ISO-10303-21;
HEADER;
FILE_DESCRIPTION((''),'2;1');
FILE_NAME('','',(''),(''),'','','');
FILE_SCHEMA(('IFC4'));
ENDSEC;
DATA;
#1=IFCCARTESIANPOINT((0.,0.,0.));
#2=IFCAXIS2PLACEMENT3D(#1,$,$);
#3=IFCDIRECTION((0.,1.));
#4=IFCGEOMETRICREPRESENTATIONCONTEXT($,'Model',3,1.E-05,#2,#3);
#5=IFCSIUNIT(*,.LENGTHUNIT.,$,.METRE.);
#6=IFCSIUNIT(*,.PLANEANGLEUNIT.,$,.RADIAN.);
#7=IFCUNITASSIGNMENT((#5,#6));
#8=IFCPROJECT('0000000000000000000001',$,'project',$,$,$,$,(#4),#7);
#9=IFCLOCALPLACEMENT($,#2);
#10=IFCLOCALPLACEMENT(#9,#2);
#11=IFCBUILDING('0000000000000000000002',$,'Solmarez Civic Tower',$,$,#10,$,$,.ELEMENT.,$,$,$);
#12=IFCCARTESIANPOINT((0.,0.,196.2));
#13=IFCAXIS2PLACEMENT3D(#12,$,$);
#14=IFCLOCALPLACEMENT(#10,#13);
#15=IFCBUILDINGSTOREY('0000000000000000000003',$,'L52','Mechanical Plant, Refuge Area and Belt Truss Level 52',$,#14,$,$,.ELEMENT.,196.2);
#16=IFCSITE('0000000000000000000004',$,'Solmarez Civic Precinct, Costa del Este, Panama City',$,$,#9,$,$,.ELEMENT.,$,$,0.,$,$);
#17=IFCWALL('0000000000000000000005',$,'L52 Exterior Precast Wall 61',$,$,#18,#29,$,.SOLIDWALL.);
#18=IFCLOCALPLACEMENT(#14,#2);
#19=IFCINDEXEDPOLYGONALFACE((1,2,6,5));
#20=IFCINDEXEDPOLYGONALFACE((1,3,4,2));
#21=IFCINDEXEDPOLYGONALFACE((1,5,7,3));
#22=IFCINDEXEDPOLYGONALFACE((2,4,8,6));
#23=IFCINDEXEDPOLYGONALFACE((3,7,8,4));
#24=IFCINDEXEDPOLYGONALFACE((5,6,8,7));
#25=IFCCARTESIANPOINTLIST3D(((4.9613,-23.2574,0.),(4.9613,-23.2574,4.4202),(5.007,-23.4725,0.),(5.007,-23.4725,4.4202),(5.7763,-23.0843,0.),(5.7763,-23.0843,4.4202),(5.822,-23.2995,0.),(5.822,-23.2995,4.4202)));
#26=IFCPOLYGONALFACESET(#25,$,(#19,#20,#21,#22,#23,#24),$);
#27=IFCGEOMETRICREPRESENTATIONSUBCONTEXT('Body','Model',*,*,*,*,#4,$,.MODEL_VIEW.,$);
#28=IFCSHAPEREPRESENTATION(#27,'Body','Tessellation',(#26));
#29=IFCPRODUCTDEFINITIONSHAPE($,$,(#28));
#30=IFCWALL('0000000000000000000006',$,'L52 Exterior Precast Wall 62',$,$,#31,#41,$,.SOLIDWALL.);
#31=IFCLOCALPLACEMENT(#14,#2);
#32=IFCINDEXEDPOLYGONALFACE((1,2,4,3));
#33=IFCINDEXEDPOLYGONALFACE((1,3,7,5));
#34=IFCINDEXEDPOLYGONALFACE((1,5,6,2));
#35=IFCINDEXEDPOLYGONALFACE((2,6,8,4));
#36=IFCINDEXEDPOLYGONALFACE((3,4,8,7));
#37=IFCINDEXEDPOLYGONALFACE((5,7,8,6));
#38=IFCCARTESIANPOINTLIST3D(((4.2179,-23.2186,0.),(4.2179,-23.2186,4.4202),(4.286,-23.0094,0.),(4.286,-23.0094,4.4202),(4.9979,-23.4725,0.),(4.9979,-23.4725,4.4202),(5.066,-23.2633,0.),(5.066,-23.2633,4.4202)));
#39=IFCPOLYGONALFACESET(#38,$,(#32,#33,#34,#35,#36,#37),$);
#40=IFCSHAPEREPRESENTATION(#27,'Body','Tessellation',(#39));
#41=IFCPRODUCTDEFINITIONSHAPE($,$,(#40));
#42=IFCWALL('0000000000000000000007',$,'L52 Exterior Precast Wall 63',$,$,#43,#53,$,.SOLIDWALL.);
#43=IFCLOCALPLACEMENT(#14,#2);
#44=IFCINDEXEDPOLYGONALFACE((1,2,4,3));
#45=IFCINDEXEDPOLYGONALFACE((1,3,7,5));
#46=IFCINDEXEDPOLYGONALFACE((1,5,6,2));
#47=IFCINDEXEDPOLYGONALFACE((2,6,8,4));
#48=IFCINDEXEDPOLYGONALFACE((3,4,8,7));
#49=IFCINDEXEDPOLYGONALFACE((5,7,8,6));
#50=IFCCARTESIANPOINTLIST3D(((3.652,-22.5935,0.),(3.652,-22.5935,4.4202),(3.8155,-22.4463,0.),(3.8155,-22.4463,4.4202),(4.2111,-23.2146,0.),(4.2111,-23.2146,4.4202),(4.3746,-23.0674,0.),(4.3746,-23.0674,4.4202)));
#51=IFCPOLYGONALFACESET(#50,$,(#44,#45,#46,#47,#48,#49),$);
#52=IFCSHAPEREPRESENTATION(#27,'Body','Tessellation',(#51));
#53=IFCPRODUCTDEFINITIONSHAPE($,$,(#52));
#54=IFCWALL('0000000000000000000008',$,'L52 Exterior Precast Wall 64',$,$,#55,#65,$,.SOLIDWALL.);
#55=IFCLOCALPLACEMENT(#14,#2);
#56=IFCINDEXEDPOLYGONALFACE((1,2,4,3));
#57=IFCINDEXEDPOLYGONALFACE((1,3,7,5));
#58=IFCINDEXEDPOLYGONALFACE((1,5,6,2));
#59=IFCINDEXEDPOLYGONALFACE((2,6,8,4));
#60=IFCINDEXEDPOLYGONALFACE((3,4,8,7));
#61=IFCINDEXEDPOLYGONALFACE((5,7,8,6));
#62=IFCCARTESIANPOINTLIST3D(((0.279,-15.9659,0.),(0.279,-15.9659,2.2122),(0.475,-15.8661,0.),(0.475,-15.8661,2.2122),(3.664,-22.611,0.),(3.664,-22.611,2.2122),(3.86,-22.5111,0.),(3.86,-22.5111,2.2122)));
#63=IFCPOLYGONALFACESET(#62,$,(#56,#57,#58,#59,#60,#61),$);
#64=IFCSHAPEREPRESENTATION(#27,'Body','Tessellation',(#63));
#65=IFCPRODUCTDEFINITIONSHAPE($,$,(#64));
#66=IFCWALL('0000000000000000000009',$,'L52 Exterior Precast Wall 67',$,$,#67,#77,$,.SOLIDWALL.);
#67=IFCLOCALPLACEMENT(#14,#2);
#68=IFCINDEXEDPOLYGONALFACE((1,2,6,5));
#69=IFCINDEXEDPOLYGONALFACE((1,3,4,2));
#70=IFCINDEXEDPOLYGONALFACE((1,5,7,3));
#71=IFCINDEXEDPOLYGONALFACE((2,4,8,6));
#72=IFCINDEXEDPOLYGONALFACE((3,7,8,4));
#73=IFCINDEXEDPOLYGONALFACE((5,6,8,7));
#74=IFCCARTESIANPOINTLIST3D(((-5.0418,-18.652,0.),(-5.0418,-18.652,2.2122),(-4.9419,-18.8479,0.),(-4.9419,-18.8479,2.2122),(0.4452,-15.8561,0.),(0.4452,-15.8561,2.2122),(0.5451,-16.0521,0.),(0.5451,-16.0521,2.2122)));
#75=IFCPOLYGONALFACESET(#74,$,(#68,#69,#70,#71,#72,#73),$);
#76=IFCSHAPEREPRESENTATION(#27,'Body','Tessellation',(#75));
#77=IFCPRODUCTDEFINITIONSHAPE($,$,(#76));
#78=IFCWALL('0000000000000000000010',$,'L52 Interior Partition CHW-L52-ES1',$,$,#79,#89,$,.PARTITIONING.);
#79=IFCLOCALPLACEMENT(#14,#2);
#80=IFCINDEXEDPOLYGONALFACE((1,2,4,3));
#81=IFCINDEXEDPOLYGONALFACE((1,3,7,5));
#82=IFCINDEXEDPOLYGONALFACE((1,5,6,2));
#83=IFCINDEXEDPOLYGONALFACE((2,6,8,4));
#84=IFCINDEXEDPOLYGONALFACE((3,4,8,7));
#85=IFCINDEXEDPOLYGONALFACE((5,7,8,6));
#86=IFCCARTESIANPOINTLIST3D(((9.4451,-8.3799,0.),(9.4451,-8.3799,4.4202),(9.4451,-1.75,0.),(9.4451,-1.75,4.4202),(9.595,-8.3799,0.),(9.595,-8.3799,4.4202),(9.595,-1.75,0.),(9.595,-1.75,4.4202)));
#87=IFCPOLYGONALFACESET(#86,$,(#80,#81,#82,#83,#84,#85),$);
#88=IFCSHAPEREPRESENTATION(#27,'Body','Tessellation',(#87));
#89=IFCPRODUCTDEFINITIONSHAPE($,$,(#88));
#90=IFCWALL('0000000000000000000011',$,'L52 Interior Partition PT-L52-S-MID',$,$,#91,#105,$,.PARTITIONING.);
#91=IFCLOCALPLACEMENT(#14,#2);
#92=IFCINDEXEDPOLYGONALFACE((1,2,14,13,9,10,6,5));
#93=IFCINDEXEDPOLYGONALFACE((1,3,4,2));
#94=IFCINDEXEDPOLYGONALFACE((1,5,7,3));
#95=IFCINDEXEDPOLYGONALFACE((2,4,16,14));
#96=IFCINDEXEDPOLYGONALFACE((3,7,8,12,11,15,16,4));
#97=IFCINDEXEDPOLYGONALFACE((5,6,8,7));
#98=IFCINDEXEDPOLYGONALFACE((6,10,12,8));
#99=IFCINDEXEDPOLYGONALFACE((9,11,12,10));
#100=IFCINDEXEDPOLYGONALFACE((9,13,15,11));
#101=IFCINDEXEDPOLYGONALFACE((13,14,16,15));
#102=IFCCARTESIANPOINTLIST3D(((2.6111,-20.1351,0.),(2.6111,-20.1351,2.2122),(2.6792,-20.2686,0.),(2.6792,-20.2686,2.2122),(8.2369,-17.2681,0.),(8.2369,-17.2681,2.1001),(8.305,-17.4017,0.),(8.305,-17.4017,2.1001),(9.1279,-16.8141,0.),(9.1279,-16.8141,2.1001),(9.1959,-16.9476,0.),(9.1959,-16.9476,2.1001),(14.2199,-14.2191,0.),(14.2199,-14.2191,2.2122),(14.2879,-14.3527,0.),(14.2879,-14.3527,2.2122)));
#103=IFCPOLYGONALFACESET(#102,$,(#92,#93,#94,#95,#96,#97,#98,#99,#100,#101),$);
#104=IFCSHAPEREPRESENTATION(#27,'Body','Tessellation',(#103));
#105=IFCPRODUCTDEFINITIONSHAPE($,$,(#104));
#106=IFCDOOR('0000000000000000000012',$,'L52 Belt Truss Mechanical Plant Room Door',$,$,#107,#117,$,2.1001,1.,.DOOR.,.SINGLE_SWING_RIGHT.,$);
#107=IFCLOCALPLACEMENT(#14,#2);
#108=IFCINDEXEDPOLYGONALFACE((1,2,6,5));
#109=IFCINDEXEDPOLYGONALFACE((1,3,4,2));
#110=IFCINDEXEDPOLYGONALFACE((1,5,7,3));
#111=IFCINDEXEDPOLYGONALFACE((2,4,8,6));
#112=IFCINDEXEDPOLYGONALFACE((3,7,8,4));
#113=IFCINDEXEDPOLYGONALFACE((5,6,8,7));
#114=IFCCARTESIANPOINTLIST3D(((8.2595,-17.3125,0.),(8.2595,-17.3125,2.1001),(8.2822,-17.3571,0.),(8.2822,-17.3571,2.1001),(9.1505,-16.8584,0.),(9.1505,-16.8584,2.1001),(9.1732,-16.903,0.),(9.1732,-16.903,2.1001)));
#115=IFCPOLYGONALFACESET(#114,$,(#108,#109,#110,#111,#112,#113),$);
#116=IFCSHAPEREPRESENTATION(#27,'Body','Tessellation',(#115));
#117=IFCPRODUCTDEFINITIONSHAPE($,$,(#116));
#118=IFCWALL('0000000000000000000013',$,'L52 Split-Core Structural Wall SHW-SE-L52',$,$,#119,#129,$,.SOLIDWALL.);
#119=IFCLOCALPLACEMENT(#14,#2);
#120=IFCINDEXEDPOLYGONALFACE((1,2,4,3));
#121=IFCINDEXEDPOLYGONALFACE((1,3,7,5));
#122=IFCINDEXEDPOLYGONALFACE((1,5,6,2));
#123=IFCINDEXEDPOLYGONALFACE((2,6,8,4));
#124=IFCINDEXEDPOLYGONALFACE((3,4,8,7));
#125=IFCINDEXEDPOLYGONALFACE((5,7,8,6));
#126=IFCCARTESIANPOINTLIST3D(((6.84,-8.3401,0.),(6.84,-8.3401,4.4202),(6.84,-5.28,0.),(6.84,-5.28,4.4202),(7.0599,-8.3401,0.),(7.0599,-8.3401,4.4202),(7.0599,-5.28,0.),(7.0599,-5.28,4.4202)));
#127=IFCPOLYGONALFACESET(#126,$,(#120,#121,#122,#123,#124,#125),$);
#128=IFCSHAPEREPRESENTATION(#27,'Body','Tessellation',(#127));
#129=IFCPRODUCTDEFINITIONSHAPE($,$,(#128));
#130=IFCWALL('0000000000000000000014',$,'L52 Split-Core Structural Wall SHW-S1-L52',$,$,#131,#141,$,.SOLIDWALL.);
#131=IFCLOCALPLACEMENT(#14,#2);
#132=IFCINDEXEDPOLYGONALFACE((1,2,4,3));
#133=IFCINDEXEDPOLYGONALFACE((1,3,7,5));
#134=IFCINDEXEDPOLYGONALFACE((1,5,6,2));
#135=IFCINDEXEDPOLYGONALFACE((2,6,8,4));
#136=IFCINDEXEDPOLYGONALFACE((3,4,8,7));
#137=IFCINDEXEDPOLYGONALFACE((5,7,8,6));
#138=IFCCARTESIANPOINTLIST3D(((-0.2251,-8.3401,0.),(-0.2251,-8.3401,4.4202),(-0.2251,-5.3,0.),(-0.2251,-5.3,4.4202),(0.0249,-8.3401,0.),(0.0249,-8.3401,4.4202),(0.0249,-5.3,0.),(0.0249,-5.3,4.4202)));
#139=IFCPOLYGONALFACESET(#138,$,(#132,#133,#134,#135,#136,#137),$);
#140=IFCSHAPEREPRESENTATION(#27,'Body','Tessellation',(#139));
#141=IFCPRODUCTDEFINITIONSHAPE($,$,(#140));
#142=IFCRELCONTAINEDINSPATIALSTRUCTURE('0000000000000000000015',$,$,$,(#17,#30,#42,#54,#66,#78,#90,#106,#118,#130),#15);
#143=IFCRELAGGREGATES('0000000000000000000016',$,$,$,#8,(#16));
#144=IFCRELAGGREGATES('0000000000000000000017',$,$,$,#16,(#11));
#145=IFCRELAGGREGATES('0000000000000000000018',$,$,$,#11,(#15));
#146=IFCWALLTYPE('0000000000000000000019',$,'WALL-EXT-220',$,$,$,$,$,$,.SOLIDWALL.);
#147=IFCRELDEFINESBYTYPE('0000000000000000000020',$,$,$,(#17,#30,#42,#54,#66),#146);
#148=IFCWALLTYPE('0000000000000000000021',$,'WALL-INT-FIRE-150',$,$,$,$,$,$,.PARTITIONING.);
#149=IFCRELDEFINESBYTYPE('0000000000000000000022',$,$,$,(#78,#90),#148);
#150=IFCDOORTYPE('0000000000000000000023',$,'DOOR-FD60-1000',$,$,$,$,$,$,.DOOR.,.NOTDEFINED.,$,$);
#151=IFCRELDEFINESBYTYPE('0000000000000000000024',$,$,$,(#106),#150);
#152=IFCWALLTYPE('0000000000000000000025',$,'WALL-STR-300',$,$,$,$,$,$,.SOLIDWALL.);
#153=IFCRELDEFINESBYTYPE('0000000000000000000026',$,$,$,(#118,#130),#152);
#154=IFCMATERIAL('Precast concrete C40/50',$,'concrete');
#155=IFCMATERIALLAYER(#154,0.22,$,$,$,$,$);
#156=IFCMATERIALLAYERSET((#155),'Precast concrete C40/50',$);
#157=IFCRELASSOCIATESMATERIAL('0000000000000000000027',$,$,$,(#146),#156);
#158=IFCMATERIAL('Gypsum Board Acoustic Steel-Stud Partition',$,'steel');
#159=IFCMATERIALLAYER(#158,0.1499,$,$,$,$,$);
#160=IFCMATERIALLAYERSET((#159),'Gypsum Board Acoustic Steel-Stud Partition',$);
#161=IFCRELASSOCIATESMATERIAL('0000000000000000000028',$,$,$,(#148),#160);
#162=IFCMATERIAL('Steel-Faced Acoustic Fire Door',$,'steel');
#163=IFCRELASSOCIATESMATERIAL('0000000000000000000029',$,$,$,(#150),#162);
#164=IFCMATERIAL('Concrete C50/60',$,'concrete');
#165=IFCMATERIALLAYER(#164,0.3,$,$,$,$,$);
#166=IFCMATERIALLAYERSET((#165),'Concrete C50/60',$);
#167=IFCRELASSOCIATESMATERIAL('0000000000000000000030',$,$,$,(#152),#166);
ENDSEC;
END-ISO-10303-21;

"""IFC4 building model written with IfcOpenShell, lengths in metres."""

from ifc_helpers import new_model, si_unit, direction, frame, frame_2d, origin, place, context, subcontext, project, spatial, rectangle, extrude, material, layer, layer_set, type_object, element, fill, save


model = new_model("IFC4")

# Units and contexts
model_context = context("Model", 3, precision=1e-05, world=origin(), true_north=direction((0.0, 1.0)))
body_context = subcontext(model_context, "Body", "Model", "MODEL_VIEW")
ifc_project = project(units=[si_unit("LENGTHUNIT", "METRE"), si_unit("PLANEANGLEUNIT", "RADIAN")], contexts=[model_context])

# Site, building, storey
site_placement = place(None, origin())
site = spatial("IfcSite", under=ifc_project, at=site_placement, Name="Solmarez Civic Precinct, Costa del Este, Panama City", CompositionType="ELEMENT", RefElevation=0.0)
building_placement = place(site_placement, origin())
building = spatial("IfcBuilding", under=site, at=building_placement, Name="Solmarez Civic Tower", CompositionType="ELEMENT")
storey_placement = place(building_placement, frame((0.0, 0.0, 196.2)))
storey = spatial("IfcBuildingStorey", under=building, at=storey_placement, Name="L52", Description="Mechanical Plant, Refuge Area and Belt Truss Level 52", CompositionType="ELEMENT", Elevation=196.2)

# Shared definitions
ifc_material_1 = material(Name="Concrete C50/60", Category="concrete")

# Walls
ifc_material_2 = material(Name="Precast concrete C40/50", Category="concrete")
ifc_layer_1 = layer(ifc_material_2, 0.22)
ifc_layer_set_1 = layer_set([ifc_layer_1], Name="Precast concrete C40/50")
wall_type_1 = type_object("IfcWallType", Name="WALL-EXT-220", PredefinedType="SOLIDWALL", material=ifc_layer_set_1)
wall_1_placement = place(storey_placement, frame((5.7991, -23.1919, 0.0), z_axis=(0.0, 0.0, 1.0), x_axis=(-0.978191, -0.207708, 0.0)))
element("IfcWall", 1, at=wall_1_placement, inside=storey, type_object=wall_type_1, Name="L52 Exterior Precast Wall 61", PredefinedType="SOLIDWALL", context=body_context, shape_type="SweptSolid", body=[
    extrude(rectangle(XDim=0.8333, YDim=0.22, at=frame_2d((0.4165, 0.0))), origin(), (0.0, 0.0, 1.0), 4.4202),
])
wall_2_placement = place(storey_placement, frame((5.032, -23.3679, 0.0), z_axis=(0.0, 0.0, 1.0), x_axis=(-0.950892, 0.309523, 0.0)))
element("IfcWall", 2, at=wall_2_placement, inside=storey, type_object=wall_type_1, Name="L52 Exterior Precast Wall 62", PredefinedType="SOLIDWALL", context=body_context, shape_type="SweptSolid", body=[
    extrude(rectangle(XDim=0.8203, YDim=0.22, at=frame_2d((0.4102, 0.0))), origin(), (0.0, 0.0, 1.0), 4.4202),
])
wall_3_placement = place(storey_placement, frame((4.293, -23.1411, 0.0), z_axis=(0.0, 0.0, 1.0), x_axis=(-0.669029, 0.743236, 0.0)))
element("IfcWall", 3, at=wall_3_placement, inside=storey, type_object=wall_type_1, Name="L52 Exterior Precast Wall 63", PredefinedType="SOLIDWALL", context=body_context, shape_type="SweptSolid", body=[
    extrude(rectangle(XDim=0.8357, YDim=0.22, at=frame_2d((0.418, 0.0))), origin(), (0.0, 0.0, 1.0), 4.4202),
])
wall_4_placement = place(storey_placement, frame((3.762, -22.561, 0.0), z_axis=(0.0, 0.0, 1.0), x_axis=(-0.453906, 0.89105, 0.0)))
element("IfcWall", 4, at=wall_4_placement, inside=storey, type_object=wall_type_1, Name="L52 Exterior Precast Wall 64", PredefinedType="SOLIDWALL", context=body_context, shape_type="SweptSolid", body=[
    extrude(rectangle(XDim=7.4575, YDim=0.22, at=frame_2d((3.7288, 0.0))), origin(), (0.0, 0.0, 1.0), 2.2122),
])
wall_5_placement = place(storey_placement, frame((0.4951, -15.9541, 0.0), z_axis=(0.0, 0.0, 1.0), x_axis=(-0.891, -0.454004, 0.0)))
element("IfcWall", 5, at=wall_5_placement, inside=storey, type_object=wall_type_1, Name="L52 Exterior Precast Wall 67", PredefinedType="SOLIDWALL", context=body_context, shape_type="SweptSolid", body=[
    extrude(rectangle(XDim=6.1582, YDim=0.22, at=frame_2d((3.0791, 0.0))), origin(), (0.0, 0.0, 1.0), 2.2122),
])
ifc_material_3 = material(Name="Gypsum Board Acoustic Steel-Stud Partition", Category="steel")
ifc_layer_2 = layer(ifc_material_3, 0.1499)
ifc_layer_set_2 = layer_set([ifc_layer_2], Name="Gypsum Board Acoustic Steel-Stud Partition")
wall_type_2 = type_object("IfcWallType", Name="WALL-INT-FIRE-150", PredefinedType="PARTITIONING", material=ifc_layer_set_2)
wall_6_placement = place(storey_placement, frame((9.52, -8.3799, 0.0), z_axis=(0.0, 0.0, 1.0), x_axis=(0.0, 1.0, 0.0)))
element("IfcWall", 6, at=wall_6_placement, inside=storey, type_object=wall_type_2, Name="L52 Interior Partition CHW-L52-ES1", PredefinedType="PARTITIONING", context=body_context, shape_type="SweptSolid", body=[
    extrude(rectangle(XDim=6.6299, YDim=0.1499, at=frame_2d((3.3149, 0.0))), origin(), (0.0, 0.0, 1.0), 4.4202),
])

# Wall, opening, door
wall_7_placement = place(storey_placement, frame((14.2539, -14.2859, 0.0), z_axis=(0.0, 0.0, 1.0), x_axis=(-0.890976, -0.454051, 0.0)))
wall_7 = element("IfcWall", 7, at=wall_7_placement, inside=storey, type_object=wall_type_2, Name="L52 Interior Partition PT-L52-S-MID", PredefinedType="PARTITIONING", context=body_context, shape_type="SweptSolid", body=[
    extrude(rectangle(XDim=13.0293, YDim=0.1499, at=frame_2d((6.5146, 0.0))), origin(), (0.0, 0.0, 1.0), 2.2122),
])
opening_placement = place(wall_7_placement, frame((5.7151, 0.0, 0.0)))
opening = element("IfcOpeningElement", 8, at=opening_placement, cuts=wall_7, PredefinedType="OPENING", context=body_context, shape_type="SweptSolid", body=[
    extrude(rectangle(XDim=1.0, YDim=2.1001, at=frame_2d((0.5, 1.05))), frame((0.0, 0.085, 0.0), z_axis=(0.0, -1.0, 0.0), x_axis=(1.0, 0.0, 0.0)), (0.0, 0.0, 1.0), 0.1699),
])
ifc_material_4 = material(Name="Steel-Faced Acoustic Fire Door", Category="steel")
door_type = type_object("IfcDoorType", Name="DOOR-FD60-1000", OperationType="NOTDEFINED", PredefinedType="DOOR", material=ifc_material_4)
door_placement = place(opening_placement, origin())
door = element("IfcDoor", 9, at=door_placement, inside=storey, type_object=door_type, Name="L52 Belt Truss Mechanical Plant Room Door", OperationType="SINGLE_SWING_RIGHT", OverallHeight=2.1001, OverallWidth=1.0, PredefinedType="DOOR", context=body_context, shape_type="SweptSolid", body=[
    extrude(rectangle(XDim=1.0, YDim=2.1001, at=frame_2d((0.5, 1.05))), frame((0.0, 0.0249, 0.0), z_axis=(0.0, -1.0, 0.0), x_axis=(1.0, 0.0, 0.0)), (0.0, 0.0, 1.0), 0.05),
])
fill(opening, door)

# Walls
ifc_layer_3 = layer(ifc_material_1, 0.3)
ifc_layer_set_3 = layer_set([ifc_layer_3], Name="Concrete C50/60")
wall_type_3 = type_object("IfcWallType", Name="WALL-STR-300", PredefinedType="SOLIDWALL", material=ifc_layer_set_3)
wall_8_placement = place(storey_placement, frame((6.95, -8.3401, 0.0), z_axis=(0.0, 0.0, 1.0), x_axis=(0.0, 1.0, 0.0)))
element("IfcWall", 10, at=wall_8_placement, inside=storey, type_object=wall_type_3, Name="L52 Split-Core Structural Wall SHW-SE-L52", PredefinedType="SOLIDWALL", context=body_context, shape_type="SweptSolid", body=[
    extrude(rectangle(XDim=3.0601, YDim=0.22, at=frame_2d((1.53, 0.0))), origin(), (0.0, 0.0, 1.0), 4.4202),
])
wall_9_placement = place(storey_placement, frame((-0.1001, -8.3401, 0.0), z_axis=(0.0, 0.0, 1.0), x_axis=(0.0, 1.0, 0.0)))
element("IfcWall", 11, at=wall_9_placement, inside=storey, type_object=wall_type_3, Name="L52 Split-Core Structural Wall SHW-S1-L52", PredefinedType="SOLIDWALL", context=body_context, shape_type="SweptSolid", body=[
    extrude(rectangle(XDim=3.04, YDim=0.25, at=frame_2d((1.52, 0.0))), origin(), (0.0, 0.0, 1.0), 4.4202),
])

save(model, "model.ifc")
